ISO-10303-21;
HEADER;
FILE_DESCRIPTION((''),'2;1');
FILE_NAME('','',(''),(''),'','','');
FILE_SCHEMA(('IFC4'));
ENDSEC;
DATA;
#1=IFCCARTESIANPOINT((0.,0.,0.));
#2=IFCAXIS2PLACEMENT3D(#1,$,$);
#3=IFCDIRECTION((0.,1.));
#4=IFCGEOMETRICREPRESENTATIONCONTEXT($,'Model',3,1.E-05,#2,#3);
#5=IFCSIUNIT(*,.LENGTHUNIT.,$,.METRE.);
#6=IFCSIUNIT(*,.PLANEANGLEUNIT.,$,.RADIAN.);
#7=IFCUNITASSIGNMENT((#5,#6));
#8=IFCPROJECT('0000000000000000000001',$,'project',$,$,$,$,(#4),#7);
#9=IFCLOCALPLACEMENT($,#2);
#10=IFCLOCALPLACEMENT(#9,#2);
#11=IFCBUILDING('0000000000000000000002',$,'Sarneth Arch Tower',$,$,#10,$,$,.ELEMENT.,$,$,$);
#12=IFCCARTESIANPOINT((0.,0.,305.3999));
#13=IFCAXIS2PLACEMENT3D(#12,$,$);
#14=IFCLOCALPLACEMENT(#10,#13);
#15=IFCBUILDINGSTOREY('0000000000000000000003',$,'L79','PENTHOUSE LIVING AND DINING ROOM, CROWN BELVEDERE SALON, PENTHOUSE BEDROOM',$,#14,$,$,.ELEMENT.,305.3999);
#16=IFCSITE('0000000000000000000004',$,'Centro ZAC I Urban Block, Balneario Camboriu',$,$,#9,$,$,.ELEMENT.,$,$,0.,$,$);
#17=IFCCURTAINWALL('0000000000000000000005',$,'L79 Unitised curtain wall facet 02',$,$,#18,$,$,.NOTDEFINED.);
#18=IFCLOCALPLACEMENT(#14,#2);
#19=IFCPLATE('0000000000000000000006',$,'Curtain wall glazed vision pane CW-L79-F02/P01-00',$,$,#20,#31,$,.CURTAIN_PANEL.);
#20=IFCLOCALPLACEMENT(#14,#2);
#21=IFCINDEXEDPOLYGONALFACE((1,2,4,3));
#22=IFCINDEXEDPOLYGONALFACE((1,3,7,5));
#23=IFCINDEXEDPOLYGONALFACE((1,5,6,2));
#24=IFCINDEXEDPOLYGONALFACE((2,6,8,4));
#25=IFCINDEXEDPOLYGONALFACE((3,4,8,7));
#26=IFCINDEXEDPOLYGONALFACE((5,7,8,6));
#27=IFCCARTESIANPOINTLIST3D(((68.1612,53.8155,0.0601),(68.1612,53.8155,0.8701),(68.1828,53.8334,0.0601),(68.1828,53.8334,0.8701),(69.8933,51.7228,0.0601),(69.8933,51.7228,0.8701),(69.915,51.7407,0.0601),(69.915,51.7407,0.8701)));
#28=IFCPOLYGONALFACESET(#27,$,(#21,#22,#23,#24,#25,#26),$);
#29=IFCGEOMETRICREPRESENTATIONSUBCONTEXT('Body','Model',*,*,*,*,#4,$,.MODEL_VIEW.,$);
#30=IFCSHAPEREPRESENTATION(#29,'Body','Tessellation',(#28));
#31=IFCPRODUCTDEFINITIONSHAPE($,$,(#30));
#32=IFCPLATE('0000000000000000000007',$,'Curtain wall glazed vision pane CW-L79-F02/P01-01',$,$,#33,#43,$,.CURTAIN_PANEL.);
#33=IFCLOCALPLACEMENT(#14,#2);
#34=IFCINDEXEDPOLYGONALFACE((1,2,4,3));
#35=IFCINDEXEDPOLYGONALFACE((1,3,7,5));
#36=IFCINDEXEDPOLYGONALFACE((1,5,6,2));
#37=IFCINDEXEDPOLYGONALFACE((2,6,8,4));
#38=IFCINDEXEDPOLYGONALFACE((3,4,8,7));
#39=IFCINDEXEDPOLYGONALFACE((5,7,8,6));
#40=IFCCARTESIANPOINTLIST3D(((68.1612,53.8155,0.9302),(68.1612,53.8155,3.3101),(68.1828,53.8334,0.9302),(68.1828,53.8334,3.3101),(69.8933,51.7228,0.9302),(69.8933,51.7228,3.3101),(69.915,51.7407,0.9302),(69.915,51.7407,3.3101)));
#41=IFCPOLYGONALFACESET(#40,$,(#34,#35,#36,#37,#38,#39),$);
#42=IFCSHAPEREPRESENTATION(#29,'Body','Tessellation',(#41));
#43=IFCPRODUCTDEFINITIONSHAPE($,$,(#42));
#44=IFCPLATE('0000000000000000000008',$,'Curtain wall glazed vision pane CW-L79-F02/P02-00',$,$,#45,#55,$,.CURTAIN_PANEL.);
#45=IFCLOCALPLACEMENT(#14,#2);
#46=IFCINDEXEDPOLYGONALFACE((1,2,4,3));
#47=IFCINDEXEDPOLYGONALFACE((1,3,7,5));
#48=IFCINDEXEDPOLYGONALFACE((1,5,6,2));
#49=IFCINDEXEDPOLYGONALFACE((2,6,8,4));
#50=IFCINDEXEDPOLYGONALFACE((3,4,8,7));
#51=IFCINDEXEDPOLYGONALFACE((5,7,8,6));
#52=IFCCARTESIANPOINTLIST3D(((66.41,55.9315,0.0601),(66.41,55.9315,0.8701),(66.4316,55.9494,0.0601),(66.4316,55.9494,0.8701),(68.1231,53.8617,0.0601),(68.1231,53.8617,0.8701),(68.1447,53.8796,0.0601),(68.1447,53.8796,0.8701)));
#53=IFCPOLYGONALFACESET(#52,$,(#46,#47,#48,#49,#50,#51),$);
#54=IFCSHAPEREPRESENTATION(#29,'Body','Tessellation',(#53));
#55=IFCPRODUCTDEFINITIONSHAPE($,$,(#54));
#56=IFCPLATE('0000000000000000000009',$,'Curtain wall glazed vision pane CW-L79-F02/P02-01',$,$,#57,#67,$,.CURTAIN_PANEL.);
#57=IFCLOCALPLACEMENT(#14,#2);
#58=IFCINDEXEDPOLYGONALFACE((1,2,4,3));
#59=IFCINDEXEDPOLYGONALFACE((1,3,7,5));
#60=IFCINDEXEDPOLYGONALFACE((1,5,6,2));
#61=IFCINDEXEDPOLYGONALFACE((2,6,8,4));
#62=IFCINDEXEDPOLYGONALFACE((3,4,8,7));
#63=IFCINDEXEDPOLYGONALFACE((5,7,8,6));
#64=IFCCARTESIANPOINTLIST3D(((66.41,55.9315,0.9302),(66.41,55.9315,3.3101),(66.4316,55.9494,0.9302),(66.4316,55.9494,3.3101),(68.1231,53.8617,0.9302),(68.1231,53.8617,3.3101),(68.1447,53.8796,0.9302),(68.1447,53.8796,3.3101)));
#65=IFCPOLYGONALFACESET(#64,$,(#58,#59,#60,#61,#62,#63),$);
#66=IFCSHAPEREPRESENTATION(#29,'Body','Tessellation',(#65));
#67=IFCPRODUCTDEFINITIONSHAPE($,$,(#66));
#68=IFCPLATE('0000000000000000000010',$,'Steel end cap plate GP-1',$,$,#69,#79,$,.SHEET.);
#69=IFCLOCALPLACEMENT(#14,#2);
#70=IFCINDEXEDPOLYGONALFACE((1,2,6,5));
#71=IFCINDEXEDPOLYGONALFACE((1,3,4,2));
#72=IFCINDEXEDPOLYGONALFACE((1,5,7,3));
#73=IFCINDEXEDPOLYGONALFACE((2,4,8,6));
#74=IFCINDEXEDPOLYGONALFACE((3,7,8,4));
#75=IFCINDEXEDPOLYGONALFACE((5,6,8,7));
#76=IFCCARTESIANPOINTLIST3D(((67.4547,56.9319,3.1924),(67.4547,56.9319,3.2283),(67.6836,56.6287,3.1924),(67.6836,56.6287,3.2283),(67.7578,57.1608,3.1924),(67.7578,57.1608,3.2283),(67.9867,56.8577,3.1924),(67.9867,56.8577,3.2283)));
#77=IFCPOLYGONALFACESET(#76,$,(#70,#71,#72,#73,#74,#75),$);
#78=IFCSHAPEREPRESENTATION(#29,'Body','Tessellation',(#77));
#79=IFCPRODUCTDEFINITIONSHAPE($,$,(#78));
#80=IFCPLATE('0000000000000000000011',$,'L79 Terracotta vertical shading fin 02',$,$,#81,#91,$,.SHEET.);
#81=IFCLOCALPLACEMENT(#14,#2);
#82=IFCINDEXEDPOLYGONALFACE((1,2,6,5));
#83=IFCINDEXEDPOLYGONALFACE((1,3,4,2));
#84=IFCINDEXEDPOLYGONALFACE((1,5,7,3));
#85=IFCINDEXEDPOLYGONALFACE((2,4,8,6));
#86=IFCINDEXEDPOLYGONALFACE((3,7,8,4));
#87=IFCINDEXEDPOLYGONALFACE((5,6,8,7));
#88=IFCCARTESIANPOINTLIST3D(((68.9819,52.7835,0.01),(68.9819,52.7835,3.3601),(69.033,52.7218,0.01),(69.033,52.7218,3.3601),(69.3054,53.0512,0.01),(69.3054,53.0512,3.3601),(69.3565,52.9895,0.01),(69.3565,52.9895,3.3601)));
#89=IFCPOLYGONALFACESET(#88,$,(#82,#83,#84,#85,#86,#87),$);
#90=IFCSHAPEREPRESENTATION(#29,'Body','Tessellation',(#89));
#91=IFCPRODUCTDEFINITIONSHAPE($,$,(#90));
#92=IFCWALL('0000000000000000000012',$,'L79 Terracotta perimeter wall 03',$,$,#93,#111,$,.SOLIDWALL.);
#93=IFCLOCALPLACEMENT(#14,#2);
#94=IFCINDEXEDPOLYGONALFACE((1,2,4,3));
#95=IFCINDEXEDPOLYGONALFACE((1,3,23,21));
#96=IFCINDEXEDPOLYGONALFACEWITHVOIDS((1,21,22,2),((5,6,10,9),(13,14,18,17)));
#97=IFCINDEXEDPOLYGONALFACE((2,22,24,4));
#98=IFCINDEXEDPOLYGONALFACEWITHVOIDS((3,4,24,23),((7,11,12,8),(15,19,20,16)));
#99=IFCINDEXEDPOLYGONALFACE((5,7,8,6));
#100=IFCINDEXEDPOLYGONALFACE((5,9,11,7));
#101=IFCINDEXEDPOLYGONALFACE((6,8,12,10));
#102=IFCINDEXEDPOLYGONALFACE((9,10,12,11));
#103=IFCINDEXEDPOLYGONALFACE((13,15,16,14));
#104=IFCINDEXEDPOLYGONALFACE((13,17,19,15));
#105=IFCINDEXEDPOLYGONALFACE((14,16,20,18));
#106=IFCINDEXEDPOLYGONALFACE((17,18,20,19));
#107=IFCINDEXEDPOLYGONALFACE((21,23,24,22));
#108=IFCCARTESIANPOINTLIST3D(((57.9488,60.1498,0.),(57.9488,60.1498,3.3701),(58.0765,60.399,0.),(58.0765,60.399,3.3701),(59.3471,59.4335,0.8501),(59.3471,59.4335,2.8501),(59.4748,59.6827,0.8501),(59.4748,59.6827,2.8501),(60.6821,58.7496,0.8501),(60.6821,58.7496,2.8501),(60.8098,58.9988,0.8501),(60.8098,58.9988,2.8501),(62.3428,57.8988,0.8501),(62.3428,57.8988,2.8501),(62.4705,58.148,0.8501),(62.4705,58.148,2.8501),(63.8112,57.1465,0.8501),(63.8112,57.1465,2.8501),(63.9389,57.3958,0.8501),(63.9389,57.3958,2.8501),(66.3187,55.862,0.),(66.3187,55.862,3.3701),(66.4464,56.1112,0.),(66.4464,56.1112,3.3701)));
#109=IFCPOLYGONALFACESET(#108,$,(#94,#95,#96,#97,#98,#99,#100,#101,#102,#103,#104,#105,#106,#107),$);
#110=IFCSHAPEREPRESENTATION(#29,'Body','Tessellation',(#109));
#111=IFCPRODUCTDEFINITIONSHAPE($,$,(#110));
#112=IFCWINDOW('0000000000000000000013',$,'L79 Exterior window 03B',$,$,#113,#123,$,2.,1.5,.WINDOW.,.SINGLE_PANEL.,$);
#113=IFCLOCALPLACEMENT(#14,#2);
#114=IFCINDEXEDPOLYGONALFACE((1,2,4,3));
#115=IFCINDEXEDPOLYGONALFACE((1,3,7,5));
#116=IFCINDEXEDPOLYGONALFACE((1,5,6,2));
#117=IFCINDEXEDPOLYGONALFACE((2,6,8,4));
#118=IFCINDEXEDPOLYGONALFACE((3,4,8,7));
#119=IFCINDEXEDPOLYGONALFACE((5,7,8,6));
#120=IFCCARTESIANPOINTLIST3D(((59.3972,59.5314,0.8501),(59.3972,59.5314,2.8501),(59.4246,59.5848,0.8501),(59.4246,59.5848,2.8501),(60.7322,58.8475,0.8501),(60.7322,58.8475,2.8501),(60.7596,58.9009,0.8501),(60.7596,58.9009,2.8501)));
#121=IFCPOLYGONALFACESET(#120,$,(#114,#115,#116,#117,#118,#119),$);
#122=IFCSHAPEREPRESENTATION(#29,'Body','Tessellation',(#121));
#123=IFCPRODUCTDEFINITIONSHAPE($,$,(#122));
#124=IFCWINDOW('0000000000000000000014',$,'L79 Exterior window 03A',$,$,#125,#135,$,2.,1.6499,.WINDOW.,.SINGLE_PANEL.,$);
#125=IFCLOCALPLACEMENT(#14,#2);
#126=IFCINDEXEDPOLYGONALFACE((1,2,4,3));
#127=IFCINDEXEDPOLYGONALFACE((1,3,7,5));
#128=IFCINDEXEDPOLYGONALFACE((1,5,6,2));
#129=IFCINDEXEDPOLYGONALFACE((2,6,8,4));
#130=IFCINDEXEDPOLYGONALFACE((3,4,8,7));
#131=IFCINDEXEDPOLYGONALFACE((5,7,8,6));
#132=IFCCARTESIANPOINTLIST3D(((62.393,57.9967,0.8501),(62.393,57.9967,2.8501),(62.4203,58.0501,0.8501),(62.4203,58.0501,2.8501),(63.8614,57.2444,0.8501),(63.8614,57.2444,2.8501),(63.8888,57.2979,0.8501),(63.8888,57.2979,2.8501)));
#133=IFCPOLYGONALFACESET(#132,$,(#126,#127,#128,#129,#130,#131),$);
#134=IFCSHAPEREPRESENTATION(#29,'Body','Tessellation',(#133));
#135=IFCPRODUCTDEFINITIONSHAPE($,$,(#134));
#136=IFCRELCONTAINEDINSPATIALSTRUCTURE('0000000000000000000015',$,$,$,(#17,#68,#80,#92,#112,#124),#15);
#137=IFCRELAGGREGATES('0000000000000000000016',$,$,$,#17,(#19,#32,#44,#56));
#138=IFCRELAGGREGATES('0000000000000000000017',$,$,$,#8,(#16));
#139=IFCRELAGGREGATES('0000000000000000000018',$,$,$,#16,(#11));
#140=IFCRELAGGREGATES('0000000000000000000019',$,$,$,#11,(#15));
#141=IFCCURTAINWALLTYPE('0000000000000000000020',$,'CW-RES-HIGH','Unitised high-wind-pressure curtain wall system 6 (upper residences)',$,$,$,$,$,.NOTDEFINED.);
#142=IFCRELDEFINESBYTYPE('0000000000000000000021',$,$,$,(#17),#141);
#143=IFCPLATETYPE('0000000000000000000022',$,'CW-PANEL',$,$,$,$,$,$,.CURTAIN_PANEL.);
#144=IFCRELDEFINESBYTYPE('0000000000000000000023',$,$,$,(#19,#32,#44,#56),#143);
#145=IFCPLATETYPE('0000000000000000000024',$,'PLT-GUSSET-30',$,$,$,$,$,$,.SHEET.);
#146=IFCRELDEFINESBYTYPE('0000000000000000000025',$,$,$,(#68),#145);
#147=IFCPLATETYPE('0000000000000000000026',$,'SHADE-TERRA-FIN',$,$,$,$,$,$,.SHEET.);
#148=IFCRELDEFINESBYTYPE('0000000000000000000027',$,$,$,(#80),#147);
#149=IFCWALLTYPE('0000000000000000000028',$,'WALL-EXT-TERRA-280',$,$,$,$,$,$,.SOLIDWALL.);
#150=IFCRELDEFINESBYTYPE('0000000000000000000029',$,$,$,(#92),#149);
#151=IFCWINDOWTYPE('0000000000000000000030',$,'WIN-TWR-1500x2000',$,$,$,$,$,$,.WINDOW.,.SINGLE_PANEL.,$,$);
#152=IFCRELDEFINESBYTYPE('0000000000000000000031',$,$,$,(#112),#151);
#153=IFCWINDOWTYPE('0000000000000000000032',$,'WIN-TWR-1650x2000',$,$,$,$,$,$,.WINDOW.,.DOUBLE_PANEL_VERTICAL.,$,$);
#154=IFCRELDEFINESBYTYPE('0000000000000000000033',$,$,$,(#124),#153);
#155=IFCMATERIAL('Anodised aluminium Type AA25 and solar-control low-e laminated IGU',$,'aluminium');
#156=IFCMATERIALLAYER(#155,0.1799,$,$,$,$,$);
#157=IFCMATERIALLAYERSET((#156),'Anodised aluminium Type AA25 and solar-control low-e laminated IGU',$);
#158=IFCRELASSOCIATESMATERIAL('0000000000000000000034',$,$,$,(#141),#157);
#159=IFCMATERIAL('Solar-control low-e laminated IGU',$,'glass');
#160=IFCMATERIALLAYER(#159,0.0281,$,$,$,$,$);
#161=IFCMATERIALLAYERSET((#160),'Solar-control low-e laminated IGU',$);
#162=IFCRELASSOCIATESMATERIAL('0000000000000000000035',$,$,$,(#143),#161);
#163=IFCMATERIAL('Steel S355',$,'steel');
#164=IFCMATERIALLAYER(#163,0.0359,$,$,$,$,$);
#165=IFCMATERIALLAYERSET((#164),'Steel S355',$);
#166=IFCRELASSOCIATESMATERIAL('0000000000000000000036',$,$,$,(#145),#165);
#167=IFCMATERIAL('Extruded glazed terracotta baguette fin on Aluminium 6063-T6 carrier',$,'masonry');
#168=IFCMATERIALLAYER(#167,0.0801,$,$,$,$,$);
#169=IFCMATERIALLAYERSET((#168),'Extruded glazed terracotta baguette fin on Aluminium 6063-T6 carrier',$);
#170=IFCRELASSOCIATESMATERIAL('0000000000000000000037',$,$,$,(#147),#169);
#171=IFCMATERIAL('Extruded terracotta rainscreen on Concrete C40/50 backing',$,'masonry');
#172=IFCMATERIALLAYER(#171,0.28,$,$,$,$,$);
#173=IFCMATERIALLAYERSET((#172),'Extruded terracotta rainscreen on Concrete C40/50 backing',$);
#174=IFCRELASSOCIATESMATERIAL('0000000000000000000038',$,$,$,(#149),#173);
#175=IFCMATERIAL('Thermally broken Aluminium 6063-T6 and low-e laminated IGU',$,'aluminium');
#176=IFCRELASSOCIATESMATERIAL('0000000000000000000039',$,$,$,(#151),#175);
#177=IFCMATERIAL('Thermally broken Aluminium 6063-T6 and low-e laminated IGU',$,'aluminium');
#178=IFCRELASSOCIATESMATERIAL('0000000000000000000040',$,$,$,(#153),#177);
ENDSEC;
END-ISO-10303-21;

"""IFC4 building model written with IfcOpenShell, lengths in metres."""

from ifc_helpers import new_model, si_unit, direction, frame, frame_2d, origin, origin_2d, place, context, subcontext, project, spatial, rectangle, extrude, material, layer, layer_set, type_object, element, fill, aggregate, save


model = new_model("IFC4")

# Units and contexts
model_context = context("Model", 3, precision=1e-05, world=origin(), true_north=direction((0.0, 1.0)))
body_context = subcontext(model_context, "Body", "Model", "MODEL_VIEW")
ifc_project = project(units=[si_unit("LENGTHUNIT", "METRE"), si_unit("PLANEANGLEUNIT", "RADIAN")], contexts=[model_context])

# Site, building, storey
site_placement = place(None, origin())
site = spatial("IfcSite", under=ifc_project, at=site_placement, Name="Centro ZAC I Urban Block, Balneario Camboriu", CompositionType="ELEMENT", RefElevation=0.0)
building_placement = place(site_placement, origin())
building = spatial("IfcBuilding", under=site, at=building_placement, Name="Sarneth Arch Tower", CompositionType="ELEMENT")
storey_placement = place(building_placement, frame((0.0, 0.0, 305.3999)))
storey = spatial("IfcBuildingStorey", under=building, at=storey_placement, Name="L79", Description="PENTHOUSE LIVING AND DINING ROOM, CROWN BELVEDERE SALON, PENTHOUSE BEDROOM", CompositionType="ELEMENT", Elevation=305.3999)

# Curtain wall
ifc_material_1 = material(Name="Anodised aluminium Type AA25 and solar-control low-e laminated IGU", Category="aluminium")
ifc_layer_1 = layer(ifc_material_1, 0.1799)
ifc_layer_set_1 = layer_set([ifc_layer_1], Name="Anodised aluminium Type AA25 and solar-control low-e laminated IGU")
curtain_wall_type = type_object("IfcCurtainWallType", Name="CW-RES-HIGH", Description="Unitised high-wind-pressure curtain wall system 6 (upper residences)", PredefinedType="NOTDEFINED", material=ifc_layer_set_1)
curtain_wall_placement = place(storey_placement, origin())
curtain_wall = element("IfcCurtainWall", 1, at=curtain_wall_placement, inside=storey, type_object=curtain_wall_type, Name="L79 Unitised curtain wall facet 02", PredefinedType="NOTDEFINED")

# Plates
ifc_material_2 = material(Name="Solar-control low-e laminated IGU", Category="glass")
ifc_layer_2 = layer(ifc_material_2, 0.0281)
ifc_layer_set_2 = layer_set([ifc_layer_2], Name="Solar-control low-e laminated IGU")
plate_type_1 = type_object("IfcPlateType", Name="CW-PANEL", PredefinedType="CURTAIN_PANEL", material=ifc_layer_set_2)
plate_1_placement = place(storey_placement, frame((69.0381, 52.7781, 0.0601), z_axis=(0.0, 0.0, 1.0), x_axis=(-0.63761, 0.770359, 0.0)))
plate_1 = element("IfcPlate", 2, at=plate_1_placement, type_object=plate_type_1, Name="Curtain wall glazed vision pane CW-L79-F02/P01-00", PredefinedType="CURTAIN_PANEL", context=body_context, shape_type="SweptSolid", body=[
    extrude(rectangle(XDim=2.7166, YDim=0.0281, at=origin_2d()), origin(), (0.0, 0.0, 1.0), 0.8101),
])
plate_2_placement = place(storey_placement, frame((69.0381, 52.7781, 0.9302), z_axis=(0.0, 0.0, 1.0), x_axis=(-0.63761, 0.770359, 0.0)))
plate_2 = element("IfcPlate", 3, at=plate_2_placement, type_object=plate_type_1, Name="Curtain wall glazed vision pane CW-L79-F02/P01-01", PredefinedType="CURTAIN_PANEL", context=body_context, shape_type="SweptSolid", body=[
    extrude(rectangle(XDim=2.7166, YDim=0.0281, at=origin_2d()), origin(), (0.0, 0.0, 1.0), 2.3799),
])
plate_3_placement = place(storey_placement, frame((67.2773, 54.9055, 0.0601), z_axis=(0.0, 0.0, 1.0), x_axis=(-0.63761, 0.770359, 0.0)))
plate_3 = element("IfcPlate", 4, at=plate_3_placement, type_object=plate_type_1, Name="Curtain wall glazed vision pane CW-L79-F02/P02-00", PredefinedType="CURTAIN_PANEL", context=body_context, shape_type="SweptSolid", body=[
    extrude(rectangle(XDim=2.6868, YDim=0.0281, at=origin_2d()), origin(), (0.0, 0.0, 1.0), 0.8101),
])
plate_4_placement = place(storey_placement, frame((67.2773, 54.9055, 0.9302), z_axis=(0.0, 0.0, 1.0), x_axis=(-0.63761, 0.770359, 0.0)))
plate_4 = element("IfcPlate", 5, at=plate_4_placement, type_object=plate_type_1, Name="Curtain wall glazed vision pane CW-L79-F02/P02-01", PredefinedType="CURTAIN_PANEL", context=body_context, shape_type="SweptSolid", body=[
    extrude(rectangle(XDim=2.6868, YDim=0.0281, at=origin_2d()), origin(), (0.0, 0.0, 1.0), 2.3799),
])
aggregate(curtain_wall, [plate_1, plate_2, plate_3, plate_4])

# Plates
ifc_material_3 = material(Name="Steel S355", Category="steel")
ifc_layer_3 = layer(ifc_material_3, 0.0359)
ifc_layer_set_3 = layer_set([ifc_layer_3], Name="Steel S355")
plate_type_2 = type_object("IfcPlateType", Name="PLT-GUSSET-30", PredefinedType="SHEET", material=ifc_layer_set_3)
plate_5_placement = place(storey_placement, frame((67.7207, 56.8948, 3.1924), z_axis=(0.0, 0.0, 1.0), x_axis=(0.798005, 0.602651, 0.0)))
element("IfcPlate", 6, at=plate_5_placement, inside=storey, type_object=plate_type_2, Name="Steel end cap plate GP-1", PredefinedType="SHEET", context=body_context, shape_type="SweptSolid", body=[
    extrude(rectangle(XDim=0.3799, YDim=0.3799, at=origin_2d()), origin(), (0.0, 0.0, 1.0), 0.0359),
])
ifc_material_4 = material(Name="Extruded glazed terracotta baguette fin on Aluminium 6063-T6 carrier", Category="masonry")
ifc_layer_4 = layer(ifc_material_4, 0.0801)
ifc_layer_set_4 = layer_set([ifc_layer_4], Name="Extruded glazed terracotta baguette fin on Aluminium 6063-T6 carrier")
plate_type_3 = type_object("IfcPlateType", Name="SHADE-TERRA-FIN", PredefinedType="SHEET", material=ifc_layer_set_4)
plate_6_placement = place(storey_placement, frame((69.1692, 52.8865, 0.01), z_axis=(0.0, 0.0, 1.0), x_axis=(0.770402, 0.637558, 0.0)))
element("IfcPlate", 7, at=plate_6_placement, inside=storey, type_object=plate_type_3, Name="L79 Terracotta vertical shading fin 02", PredefinedType="SHEET", context=body_context, shape_type="SweptSolid", body=[
    extrude(rectangle(XDim=0.4199, YDim=0.0801, at=origin_2d()), origin(), (0.0, 0.0, 1.0), 3.3501),
])

# Wall, openings, windows
ifc_material_5 = material(Name="Extruded terracotta rainscreen on Concrete C40/50 backing", Category="masonry")
ifc_layer_5 = layer(ifc_material_5, 0.28)
ifc_layer_set_5 = layer_set([ifc_layer_5], Name="Extruded terracotta rainscreen on Concrete C40/50 backing")
wall_type = type_object("IfcWallType", Name="WALL-EXT-TERRA-280", PredefinedType="SOLIDWALL", material=ifc_layer_set_5)
wall_placement = place(storey_placement, frame((66.3826, 55.9866, 0.0), z_axis=(0.0, 0.0, 1.0), x_axis=(-0.890007, 0.455946, 0.0)))
wall = element("IfcWall", 8, at=wall_placement, inside=storey, type_object=wall_type, Name="L79 Terracotta perimeter wall 03", PredefinedType="SOLIDWALL", context=body_context, shape_type="SweptSolid", body=[
    extrude(rectangle(XDim=9.4043, YDim=0.28, at=frame_2d((4.7021, 0.0))), origin(), (0.0, 0.0, 1.0), 3.3701),
])
opening_1_placement = place(wall_placement, frame((2.8174, 0.0, 0.8501)))
opening_1 = element("IfcOpeningElement", 9, at=opening_1_placement, cuts=wall, PredefinedType="OPENING", context=body_context, shape_type="SweptSolid", body=[
    extrude(rectangle(XDim=1.6499, YDim=2.0, at=frame_2d((0.825, 1.0))), frame((0.0, 0.1499, 0.0), z_axis=(0.0, -1.0, 0.0), x_axis=(1.0, 0.0, 0.0)), (0.0, 0.0, 1.0), 0.3),
])
opening_2_placement = place(wall_placement, frame((6.3333, 0.0, 0.8501)))
opening_2 = element("IfcOpeningElement", 10, at=opening_2_placement, cuts=wall, PredefinedType="OPENING", context=body_context, shape_type="SweptSolid", body=[
    extrude(rectangle(XDim=1.5, YDim=2.0, at=frame_2d((0.75, 1.0))), frame((0.0, 0.1499, 0.0), z_axis=(0.0, -1.0, 0.0), x_axis=(1.0, 0.0, 0.0)), (0.0, 0.0, 1.0), 0.3),
])
ifc_material_6 = material(Name="Thermally broken Aluminium 6063-T6 and low-e laminated IGU", Category="aluminium")
window_type_1 = type_object("IfcWindowType", Name="WIN-TWR-1500x2000", PartitioningType="SINGLE_PANEL", PredefinedType="WINDOW", material=ifc_material_6)
window_1_placement = place(opening_2_placement, origin())
window_1 = element("IfcWindow", 11, at=window_1_placement, inside=storey, type_object=window_type_1, Name="L79 Exterior window 03B", OverallHeight=2.0, OverallWidth=1.5, PartitioningType="SINGLE_PANEL", PredefinedType="WINDOW", context=body_context, shape_type="SweptSolid", body=[
    extrude(rectangle(XDim=1.5, YDim=2.0, at=frame_2d((0.75, 1.0))), frame((0.0, 0.03, 0.0), z_axis=(0.0, -1.0, 0.0), x_axis=(1.0, 0.0, 0.0)), (0.0, 0.0, 1.0), 0.0601),
])
fill(opening_2, window_1)
ifc_material_7 = material(Name="Thermally broken Aluminium 6063-T6 and low-e laminated IGU", Category="aluminium")
window_type_2 = type_object("IfcWindowType", Name="WIN-TWR-1650x2000", PartitioningType="DOUBLE_PANEL_VERTICAL", PredefinedType="WINDOW", material=ifc_material_7)
window_2_placement = place(opening_1_placement, origin())
window_2 = element("IfcWindow", 12, at=window_2_placement, inside=storey, type_object=window_type_2, Name="L79 Exterior window 03A", OverallHeight=2.0, OverallWidth=1.6499, PartitioningType="SINGLE_PANEL", PredefinedType="WINDOW", context=body_context, shape_type="SweptSolid", body=[
    extrude(rectangle(XDim=1.6499, YDim=2.0, at=frame_2d((0.825, 1.0))), frame((0.0, 0.03, 0.0), z_axis=(0.0, -1.0, 0.0), x_axis=(1.0, 0.0, 0.0)), (0.0, 0.0, 1.0), 0.0601),
])
fill(opening_1, window_2)

save(model, "model.ifc")
